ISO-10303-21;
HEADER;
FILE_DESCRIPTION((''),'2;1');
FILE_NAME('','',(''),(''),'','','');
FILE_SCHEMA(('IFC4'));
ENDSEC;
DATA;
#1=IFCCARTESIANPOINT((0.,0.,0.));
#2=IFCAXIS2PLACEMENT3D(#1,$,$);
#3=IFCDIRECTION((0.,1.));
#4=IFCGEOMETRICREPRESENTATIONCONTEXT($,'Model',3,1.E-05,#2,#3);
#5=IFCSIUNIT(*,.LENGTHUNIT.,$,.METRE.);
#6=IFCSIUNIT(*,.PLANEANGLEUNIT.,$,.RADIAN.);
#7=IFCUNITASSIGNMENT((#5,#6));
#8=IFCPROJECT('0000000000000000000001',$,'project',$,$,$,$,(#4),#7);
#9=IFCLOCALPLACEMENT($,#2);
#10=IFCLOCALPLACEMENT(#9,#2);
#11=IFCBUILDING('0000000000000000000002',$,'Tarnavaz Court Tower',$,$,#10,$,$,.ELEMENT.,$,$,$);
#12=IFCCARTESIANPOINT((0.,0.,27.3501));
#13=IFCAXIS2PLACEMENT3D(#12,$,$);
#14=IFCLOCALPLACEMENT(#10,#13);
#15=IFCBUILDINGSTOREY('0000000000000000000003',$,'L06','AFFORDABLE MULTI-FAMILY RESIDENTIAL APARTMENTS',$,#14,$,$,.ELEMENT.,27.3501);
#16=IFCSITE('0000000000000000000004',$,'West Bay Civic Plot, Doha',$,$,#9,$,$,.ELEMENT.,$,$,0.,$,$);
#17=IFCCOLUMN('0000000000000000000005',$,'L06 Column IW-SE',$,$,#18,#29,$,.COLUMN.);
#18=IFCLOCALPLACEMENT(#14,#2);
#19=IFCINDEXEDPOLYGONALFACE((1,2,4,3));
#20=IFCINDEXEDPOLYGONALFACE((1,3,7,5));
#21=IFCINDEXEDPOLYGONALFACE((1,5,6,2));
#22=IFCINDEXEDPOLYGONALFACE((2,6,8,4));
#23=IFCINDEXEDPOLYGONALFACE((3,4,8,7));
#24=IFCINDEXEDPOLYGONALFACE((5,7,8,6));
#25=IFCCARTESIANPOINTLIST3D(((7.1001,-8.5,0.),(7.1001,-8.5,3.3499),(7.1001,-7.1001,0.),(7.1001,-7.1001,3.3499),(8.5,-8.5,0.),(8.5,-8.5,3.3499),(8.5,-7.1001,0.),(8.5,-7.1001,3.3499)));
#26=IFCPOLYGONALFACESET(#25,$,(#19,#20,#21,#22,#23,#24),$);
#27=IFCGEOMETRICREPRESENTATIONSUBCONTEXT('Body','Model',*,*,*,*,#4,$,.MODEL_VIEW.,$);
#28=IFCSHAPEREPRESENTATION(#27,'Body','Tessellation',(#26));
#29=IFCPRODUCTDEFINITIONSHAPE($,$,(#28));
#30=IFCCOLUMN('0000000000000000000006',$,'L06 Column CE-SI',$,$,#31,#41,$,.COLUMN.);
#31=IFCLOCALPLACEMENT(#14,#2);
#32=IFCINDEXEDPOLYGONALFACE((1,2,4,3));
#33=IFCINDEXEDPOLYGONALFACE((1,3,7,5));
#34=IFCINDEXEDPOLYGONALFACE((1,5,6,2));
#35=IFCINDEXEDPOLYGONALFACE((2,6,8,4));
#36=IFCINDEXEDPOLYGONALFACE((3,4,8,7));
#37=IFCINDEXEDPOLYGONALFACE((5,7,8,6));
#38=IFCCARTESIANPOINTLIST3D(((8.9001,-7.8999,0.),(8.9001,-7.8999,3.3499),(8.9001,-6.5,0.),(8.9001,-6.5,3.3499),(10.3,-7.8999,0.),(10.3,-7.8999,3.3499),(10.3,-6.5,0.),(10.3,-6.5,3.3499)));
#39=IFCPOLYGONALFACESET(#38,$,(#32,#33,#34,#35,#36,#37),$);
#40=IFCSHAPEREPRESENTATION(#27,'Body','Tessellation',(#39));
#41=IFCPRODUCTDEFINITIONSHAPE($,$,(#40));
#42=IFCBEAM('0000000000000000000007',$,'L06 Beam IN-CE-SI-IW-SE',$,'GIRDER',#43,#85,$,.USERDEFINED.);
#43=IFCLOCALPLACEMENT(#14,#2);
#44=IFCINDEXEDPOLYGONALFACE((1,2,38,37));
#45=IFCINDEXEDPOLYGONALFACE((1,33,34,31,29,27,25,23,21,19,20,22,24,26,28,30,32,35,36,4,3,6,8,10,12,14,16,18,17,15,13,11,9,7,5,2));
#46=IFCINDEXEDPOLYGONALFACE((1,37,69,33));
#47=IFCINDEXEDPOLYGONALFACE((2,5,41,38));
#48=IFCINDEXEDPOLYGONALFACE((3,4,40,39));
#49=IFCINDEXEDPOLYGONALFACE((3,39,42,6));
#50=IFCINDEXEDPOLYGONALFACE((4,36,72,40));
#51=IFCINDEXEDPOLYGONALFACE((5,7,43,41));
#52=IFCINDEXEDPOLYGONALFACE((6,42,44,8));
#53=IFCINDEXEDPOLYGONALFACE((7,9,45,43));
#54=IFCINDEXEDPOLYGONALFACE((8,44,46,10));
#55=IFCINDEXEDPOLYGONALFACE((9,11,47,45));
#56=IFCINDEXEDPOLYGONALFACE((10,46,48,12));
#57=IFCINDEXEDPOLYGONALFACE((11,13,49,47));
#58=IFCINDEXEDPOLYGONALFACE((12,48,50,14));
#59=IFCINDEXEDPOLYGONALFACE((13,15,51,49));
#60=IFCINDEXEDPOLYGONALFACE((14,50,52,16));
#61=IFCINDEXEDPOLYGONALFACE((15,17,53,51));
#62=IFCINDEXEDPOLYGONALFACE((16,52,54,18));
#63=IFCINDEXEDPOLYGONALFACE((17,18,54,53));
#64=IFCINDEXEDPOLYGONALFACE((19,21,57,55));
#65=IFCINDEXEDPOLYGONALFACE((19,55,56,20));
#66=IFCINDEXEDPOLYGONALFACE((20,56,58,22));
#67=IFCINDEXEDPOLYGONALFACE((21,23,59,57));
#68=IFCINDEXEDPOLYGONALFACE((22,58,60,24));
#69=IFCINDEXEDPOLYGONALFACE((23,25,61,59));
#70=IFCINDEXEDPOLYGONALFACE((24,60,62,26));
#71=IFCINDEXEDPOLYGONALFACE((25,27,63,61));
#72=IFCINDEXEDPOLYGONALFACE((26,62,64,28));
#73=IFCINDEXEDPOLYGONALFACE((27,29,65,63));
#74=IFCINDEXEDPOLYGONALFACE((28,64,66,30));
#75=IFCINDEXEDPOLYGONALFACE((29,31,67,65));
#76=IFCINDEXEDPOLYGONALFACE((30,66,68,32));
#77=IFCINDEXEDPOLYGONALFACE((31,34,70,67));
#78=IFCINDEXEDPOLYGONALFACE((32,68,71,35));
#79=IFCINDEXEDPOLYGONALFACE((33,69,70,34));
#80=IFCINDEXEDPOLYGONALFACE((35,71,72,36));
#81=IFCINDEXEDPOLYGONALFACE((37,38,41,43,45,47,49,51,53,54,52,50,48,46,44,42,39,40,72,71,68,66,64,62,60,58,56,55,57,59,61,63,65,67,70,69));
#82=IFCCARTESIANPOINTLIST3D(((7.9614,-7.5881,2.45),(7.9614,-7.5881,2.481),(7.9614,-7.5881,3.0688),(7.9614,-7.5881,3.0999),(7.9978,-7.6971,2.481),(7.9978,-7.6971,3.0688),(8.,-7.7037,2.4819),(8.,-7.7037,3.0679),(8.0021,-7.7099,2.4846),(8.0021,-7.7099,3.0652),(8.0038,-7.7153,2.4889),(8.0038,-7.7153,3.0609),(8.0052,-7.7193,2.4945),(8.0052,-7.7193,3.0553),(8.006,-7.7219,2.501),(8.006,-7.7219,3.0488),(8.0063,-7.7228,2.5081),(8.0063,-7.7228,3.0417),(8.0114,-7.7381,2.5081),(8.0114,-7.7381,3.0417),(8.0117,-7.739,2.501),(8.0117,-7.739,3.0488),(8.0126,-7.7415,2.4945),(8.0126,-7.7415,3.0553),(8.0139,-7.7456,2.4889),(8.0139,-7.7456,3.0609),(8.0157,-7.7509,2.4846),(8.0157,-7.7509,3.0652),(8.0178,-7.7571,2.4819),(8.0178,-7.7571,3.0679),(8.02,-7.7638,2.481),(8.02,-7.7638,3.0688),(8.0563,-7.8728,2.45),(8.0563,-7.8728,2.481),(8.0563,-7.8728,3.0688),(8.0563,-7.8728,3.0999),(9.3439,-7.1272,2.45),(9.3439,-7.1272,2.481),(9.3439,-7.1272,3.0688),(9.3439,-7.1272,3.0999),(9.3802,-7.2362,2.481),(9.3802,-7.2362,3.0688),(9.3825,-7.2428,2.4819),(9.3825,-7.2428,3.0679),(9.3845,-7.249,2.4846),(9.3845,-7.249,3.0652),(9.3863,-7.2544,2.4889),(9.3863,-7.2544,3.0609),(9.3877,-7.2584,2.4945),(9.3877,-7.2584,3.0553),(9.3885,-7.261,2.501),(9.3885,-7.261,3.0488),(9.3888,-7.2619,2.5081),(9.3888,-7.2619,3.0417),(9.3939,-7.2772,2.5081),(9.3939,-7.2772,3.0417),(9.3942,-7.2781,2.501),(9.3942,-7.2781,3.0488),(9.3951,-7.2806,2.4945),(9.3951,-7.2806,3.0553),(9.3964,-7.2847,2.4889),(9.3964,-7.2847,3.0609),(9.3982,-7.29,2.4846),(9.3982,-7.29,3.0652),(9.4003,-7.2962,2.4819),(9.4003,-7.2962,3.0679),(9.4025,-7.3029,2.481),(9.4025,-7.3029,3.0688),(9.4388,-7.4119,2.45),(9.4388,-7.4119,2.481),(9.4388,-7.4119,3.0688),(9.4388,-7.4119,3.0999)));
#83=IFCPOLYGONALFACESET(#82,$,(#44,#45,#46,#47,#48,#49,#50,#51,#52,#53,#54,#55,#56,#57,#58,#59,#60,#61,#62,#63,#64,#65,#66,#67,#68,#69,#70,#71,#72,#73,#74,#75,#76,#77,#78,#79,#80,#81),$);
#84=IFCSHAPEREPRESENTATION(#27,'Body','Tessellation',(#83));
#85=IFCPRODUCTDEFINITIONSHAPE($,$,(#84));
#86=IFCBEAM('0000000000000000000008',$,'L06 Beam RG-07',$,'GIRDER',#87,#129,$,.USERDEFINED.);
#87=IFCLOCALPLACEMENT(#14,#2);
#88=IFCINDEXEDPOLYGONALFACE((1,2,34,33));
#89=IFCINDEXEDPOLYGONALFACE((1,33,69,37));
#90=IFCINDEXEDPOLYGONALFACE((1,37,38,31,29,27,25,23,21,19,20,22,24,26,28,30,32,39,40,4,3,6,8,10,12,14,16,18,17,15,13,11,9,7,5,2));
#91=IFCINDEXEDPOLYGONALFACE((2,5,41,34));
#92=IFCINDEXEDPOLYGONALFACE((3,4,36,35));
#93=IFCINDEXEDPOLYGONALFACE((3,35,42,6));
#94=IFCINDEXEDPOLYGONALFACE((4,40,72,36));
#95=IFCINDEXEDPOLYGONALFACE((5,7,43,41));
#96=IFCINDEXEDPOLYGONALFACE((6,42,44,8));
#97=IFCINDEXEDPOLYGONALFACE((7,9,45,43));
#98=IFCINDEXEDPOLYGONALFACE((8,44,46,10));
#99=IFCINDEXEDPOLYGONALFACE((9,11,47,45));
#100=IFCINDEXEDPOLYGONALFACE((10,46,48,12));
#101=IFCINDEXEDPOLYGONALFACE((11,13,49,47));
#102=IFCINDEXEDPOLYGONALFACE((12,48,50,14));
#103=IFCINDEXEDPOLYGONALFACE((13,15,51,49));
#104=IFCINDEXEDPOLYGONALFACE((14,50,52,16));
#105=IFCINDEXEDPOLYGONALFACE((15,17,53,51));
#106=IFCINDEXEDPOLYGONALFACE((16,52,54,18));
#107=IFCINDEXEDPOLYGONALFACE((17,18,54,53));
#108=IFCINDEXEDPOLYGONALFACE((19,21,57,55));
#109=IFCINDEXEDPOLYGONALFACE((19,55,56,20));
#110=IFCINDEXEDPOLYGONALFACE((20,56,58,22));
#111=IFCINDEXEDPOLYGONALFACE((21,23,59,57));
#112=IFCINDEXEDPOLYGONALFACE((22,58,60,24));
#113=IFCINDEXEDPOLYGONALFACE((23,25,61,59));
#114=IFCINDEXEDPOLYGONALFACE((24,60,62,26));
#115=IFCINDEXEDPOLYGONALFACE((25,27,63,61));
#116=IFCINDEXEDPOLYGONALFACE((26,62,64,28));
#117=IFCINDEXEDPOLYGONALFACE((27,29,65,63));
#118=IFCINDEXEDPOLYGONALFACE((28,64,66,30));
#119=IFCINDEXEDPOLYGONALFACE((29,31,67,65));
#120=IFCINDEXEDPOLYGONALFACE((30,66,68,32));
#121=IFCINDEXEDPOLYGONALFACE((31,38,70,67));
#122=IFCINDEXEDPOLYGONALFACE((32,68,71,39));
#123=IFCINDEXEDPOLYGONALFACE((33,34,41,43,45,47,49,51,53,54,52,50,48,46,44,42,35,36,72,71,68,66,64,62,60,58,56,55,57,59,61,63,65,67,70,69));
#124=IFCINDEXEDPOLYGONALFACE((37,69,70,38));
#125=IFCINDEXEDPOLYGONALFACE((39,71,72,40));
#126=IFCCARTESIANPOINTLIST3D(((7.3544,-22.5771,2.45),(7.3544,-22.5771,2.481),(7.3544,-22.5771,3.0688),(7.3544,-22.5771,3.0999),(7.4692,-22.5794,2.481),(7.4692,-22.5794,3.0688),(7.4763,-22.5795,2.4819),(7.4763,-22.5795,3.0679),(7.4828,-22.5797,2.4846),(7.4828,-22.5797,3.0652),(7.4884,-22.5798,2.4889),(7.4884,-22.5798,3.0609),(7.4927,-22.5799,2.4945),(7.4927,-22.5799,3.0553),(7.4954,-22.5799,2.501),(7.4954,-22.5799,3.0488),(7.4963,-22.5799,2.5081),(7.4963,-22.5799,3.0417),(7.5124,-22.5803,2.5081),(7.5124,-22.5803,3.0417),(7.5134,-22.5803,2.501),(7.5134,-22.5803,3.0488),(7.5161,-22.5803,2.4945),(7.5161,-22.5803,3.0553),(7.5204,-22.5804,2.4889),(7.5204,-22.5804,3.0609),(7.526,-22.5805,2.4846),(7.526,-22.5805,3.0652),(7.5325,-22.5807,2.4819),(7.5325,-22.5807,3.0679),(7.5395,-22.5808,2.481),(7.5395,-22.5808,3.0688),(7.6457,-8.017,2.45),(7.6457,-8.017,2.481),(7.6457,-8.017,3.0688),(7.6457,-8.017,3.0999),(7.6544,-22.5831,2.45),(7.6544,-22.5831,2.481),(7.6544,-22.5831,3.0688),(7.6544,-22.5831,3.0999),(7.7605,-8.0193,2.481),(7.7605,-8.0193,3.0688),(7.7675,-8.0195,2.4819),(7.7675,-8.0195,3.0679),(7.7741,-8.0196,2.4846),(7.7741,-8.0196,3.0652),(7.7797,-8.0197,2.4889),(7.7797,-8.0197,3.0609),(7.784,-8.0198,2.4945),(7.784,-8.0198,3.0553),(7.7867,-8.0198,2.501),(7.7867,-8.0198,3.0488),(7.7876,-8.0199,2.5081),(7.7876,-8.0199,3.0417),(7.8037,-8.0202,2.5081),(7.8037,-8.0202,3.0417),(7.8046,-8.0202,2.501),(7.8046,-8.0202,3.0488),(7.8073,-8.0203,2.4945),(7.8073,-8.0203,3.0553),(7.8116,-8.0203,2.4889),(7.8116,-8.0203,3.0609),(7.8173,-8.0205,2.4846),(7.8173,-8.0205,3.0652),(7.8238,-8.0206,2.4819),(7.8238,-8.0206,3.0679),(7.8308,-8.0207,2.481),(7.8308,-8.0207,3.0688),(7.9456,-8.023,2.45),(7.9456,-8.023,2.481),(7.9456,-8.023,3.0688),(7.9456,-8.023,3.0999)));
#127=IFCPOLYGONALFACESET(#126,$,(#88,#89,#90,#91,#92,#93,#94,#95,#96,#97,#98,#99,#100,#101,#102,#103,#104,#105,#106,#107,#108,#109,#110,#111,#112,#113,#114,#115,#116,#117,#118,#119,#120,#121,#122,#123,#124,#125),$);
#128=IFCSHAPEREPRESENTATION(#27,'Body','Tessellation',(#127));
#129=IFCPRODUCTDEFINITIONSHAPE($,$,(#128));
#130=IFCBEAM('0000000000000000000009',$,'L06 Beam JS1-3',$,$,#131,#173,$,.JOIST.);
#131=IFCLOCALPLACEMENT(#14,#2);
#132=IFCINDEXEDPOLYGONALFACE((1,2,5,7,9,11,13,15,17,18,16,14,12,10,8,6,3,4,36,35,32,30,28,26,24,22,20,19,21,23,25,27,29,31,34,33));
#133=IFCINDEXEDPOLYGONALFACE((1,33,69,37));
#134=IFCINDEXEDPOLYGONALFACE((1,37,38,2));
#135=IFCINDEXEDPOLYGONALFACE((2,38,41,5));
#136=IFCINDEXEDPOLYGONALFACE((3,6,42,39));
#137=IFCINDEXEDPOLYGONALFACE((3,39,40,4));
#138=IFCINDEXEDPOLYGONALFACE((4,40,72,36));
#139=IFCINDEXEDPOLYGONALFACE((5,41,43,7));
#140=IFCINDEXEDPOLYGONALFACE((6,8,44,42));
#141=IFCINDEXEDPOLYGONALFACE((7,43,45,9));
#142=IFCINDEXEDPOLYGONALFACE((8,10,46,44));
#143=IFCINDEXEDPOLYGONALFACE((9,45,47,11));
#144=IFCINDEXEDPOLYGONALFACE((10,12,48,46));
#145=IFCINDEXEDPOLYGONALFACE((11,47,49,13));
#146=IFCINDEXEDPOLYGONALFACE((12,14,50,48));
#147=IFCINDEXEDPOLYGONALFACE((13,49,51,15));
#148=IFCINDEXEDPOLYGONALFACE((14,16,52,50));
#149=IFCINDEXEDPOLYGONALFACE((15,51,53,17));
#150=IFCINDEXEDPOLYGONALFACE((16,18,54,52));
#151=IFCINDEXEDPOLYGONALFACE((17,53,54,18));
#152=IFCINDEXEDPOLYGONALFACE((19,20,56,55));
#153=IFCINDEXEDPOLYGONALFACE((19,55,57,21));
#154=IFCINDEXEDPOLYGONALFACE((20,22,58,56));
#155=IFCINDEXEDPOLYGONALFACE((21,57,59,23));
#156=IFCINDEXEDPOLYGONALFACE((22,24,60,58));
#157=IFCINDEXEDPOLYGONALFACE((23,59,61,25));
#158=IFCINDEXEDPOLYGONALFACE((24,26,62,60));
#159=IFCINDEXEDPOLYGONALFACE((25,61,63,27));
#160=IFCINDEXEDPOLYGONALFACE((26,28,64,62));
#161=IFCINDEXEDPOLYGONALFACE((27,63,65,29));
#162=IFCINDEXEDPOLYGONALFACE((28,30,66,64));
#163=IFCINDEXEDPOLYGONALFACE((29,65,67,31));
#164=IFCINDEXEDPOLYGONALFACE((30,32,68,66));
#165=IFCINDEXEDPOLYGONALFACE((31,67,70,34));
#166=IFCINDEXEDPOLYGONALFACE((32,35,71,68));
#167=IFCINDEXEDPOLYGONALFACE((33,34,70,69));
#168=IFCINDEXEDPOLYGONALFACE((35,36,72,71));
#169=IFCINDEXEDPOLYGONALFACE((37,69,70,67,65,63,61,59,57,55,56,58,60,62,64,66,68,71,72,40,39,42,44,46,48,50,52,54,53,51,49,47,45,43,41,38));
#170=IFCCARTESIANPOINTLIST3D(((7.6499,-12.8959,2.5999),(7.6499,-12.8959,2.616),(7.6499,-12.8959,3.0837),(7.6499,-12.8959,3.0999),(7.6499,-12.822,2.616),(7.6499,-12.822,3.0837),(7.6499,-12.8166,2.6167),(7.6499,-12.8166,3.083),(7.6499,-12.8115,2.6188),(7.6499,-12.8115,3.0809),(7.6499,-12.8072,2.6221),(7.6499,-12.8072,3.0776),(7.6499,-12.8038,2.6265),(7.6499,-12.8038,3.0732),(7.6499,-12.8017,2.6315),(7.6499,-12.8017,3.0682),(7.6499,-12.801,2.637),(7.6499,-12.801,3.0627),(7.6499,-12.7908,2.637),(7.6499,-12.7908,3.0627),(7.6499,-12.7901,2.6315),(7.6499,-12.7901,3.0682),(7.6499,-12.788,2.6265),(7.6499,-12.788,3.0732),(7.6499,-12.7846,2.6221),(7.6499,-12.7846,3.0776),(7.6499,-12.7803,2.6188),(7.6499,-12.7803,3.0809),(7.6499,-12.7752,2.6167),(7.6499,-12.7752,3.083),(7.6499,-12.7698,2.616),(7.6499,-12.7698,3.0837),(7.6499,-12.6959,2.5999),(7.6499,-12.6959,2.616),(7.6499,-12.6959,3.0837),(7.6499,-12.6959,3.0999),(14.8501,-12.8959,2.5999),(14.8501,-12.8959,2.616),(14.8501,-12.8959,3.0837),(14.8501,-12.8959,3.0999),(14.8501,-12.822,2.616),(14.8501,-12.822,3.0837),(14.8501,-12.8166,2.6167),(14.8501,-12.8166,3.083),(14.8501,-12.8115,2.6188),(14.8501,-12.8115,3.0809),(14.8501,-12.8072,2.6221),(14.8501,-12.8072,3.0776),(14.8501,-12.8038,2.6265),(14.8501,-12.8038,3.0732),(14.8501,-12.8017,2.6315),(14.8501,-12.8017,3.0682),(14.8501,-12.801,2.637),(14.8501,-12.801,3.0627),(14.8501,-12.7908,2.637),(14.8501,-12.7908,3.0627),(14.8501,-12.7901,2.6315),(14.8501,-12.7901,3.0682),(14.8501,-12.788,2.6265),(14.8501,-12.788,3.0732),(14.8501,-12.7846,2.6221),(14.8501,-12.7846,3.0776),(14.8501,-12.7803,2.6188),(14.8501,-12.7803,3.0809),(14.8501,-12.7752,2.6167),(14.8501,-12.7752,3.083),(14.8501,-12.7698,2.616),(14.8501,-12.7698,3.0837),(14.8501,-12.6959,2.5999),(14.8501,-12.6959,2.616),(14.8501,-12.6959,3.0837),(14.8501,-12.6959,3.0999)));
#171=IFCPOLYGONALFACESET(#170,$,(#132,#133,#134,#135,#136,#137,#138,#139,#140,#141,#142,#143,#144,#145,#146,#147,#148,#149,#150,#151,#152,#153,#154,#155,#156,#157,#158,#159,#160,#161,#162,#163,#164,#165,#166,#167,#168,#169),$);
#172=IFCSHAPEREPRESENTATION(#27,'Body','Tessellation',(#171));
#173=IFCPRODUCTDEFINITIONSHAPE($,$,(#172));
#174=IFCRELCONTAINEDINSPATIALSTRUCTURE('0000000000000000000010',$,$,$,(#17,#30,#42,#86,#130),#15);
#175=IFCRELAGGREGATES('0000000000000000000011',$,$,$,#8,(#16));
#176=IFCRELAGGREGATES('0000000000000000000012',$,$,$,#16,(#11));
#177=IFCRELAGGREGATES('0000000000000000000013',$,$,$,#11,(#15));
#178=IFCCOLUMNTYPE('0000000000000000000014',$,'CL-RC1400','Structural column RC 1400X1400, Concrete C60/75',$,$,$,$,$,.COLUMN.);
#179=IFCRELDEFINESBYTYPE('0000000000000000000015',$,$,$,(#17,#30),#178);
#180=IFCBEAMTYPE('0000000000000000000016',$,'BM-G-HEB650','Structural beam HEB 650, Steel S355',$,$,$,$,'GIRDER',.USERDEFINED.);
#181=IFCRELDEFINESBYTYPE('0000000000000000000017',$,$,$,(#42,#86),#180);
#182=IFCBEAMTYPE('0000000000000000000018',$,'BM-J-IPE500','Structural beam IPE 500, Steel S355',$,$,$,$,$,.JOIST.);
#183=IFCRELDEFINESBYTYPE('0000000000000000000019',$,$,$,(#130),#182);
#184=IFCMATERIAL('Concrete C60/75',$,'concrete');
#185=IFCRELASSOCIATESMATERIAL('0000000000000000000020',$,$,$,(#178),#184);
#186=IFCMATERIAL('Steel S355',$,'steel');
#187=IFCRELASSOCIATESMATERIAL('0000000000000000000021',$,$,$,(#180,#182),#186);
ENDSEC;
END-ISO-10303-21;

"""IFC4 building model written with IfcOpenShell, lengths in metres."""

from ifc_helpers import new_model, si_unit, direction, frame, origin, origin_2d, place, context, subcontext, project, spatial, rectangle, i_section, extrude, material, material_profile, profile_set, type_object, element, save


model = new_model("IFC4")

# Units and contexts
model_context = context("Model", 3, precision=1e-05, world=origin(), true_north=direction((0.0, 1.0)))
body_context = subcontext(model_context, "Body", "Model", "MODEL_VIEW")
ifc_project = project(units=[si_unit("LENGTHUNIT", "METRE"), si_unit("PLANEANGLEUNIT", "RADIAN")], contexts=[model_context])

# Site, building, storey
site_placement = place(None, origin())
site = spatial("IfcSite", under=ifc_project, at=site_placement, Name="West Bay Civic Plot, Doha", CompositionType="ELEMENT", RefElevation=0.0)
building_placement = place(site_placement, origin())
building = spatial("IfcBuilding", under=site, at=building_placement, Name="Tarnavaz Court Tower", CompositionType="ELEMENT")
storey_placement = place(building_placement, frame((0.0, 0.0, 27.3501)))
storey = spatial("IfcBuildingStorey", under=building, at=storey_placement, Name="L06", Description="AFFORDABLE MULTI-FAMILY RESIDENTIAL APARTMENTS", CompositionType="ELEMENT", Elevation=27.3501)

# Columns
ifc_material_1 = material(Name="Concrete C60/75", Category="concrete")
ifc_material_profile_1 = material_profile(ifc_material_1, rectangle(XDim=1.3999, YDim=1.3999, at=origin_2d()), Name="RC 1400X1400")
ifc_profile_set_1 = profile_set([ifc_material_profile_1], Name="Concrete C60/75")
column_type = type_object("IfcColumnType", Name="CL-RC1400", Description="Structural column RC 1400X1400, Concrete C60/75", PredefinedType="COLUMN", material=ifc_profile_set_1)
for number, where, z_axis, x_axis, name in (
    (1, (7.8, -7.8, 0.0), (0.0, 0.0, 1.0), (1.0, 0.0, 0.0), "L06 Column IW-SE"),
    (2, (9.6001, -7.2, 0.0), (0.0, 0.0, 1.0), (1.0, 0.0, 0.0), "L06 Column CE-SI"),
):
    element("IfcColumn", number, at=place(storey_placement, frame(where, z_axis=z_axis, x_axis=x_axis)), inside=storey, type_object=column_type, Name=name, PredefinedType="COLUMN", context=body_context, shape_type="SweptSolid", body=[
        extrude(rectangle(XDim=1.3999, YDim=1.3999, at=origin_2d()), origin(), (0.0, 0.0, 1.0), 3.3499),
    ])

# Beams
ifc_material_2 = material(Name="Steel S355", Category="steel")
ifc_material_profile_2 = material_profile(ifc_material_2, i_section(OverallWidth=0.3, OverallDepth=0.6499, WebThickness=0.0161, FlangeThickness=0.031, FilletRadius=0.0271, at=origin_2d()), Name="HEB 650")
ifc_profile_set_2 = profile_set([ifc_material_profile_2], Name="Steel S355")
beam_type_1 = type_object("IfcBeamType", Name="BM-G-HEB650", Description="Structural beam HEB 650, Steel S355", ElementType="GIRDER", PredefinedType="USERDEFINED", material=ifc_profile_set_2)
beam_1_placement = place(storey_placement, frame((9.3914, -7.2695, 2.7749), z_axis=(-0.948667, -0.316278, 0.0), x_axis=(0.316278, -0.948667, 0.0)))
element("IfcBeam", 3, at=beam_1_placement, inside=storey, type_object=beam_type_1, Name="L06 Beam IN-CE-SI-IW-SE", ObjectType="GIRDER", PredefinedType="USERDEFINED", context=body_context, shape_type="SweptSolid", body=[
    extrude(i_section(OverallWidth=0.3, OverallDepth=0.6499, WebThickness=0.0161, FlangeThickness=0.031, FilletRadius=0.0271, at=origin_2d()), origin(), (0.0, 0.0, 1.0), 1.4573),
])
beam_2_placement = place(storey_placement, frame((7.7957, -8.02, 2.7749), z_axis=(-0.02, -0.9998, 0.0), x_axis=(0.9998, -0.02, 0.0)))
element("IfcBeam", 4, at=beam_2_placement, inside=storey, type_object=beam_type_1, Name="L06 Beam RG-07", ObjectType="GIRDER", PredefinedType="USERDEFINED", context=body_context, shape_type="SweptSolid", body=[
    extrude(i_section(OverallWidth=0.3, OverallDepth=0.6499, WebThickness=0.0161, FlangeThickness=0.031, FilletRadius=0.0271, at=origin_2d()), origin(), (0.0, 0.0, 1.0), 14.563),
])
ifc_material_profile_3 = material_profile(ifc_material_2, i_section(OverallWidth=0.2, OverallDepth=0.5, WebThickness=0.0103, FlangeThickness=0.0161, FilletRadius=0.021, at=origin_2d()), Name="IPE 500")
ifc_profile_set_3 = profile_set([ifc_material_profile_3], Name="Steel S355")
beam_type_2 = type_object("IfcBeamType", Name="BM-J-IPE500", Description="Structural beam IPE 500, Steel S355", PredefinedType="JOIST", material=ifc_profile_set_3)
beam_3_placement = place(storey_placement, frame((7.6499, -12.7959, 2.8499), z_axis=(1.0, 0.0, 0.0), x_axis=(0.0, 1.0, 0.0)))
element("IfcBeam", 5, at=beam_3_placement, inside=storey, type_object=beam_type_2, Name="L06 Beam JS1-3", PredefinedType="JOIST", context=body_context, shape_type="SweptSolid", body=[
    extrude(i_section(OverallWidth=0.2, OverallDepth=0.5, WebThickness=0.0103, FlangeThickness=0.0161, FilletRadius=0.021, at=origin_2d()), origin(), (0.0, 0.0, 1.0), 7.2002),
])

save(model, "model.ifc")
